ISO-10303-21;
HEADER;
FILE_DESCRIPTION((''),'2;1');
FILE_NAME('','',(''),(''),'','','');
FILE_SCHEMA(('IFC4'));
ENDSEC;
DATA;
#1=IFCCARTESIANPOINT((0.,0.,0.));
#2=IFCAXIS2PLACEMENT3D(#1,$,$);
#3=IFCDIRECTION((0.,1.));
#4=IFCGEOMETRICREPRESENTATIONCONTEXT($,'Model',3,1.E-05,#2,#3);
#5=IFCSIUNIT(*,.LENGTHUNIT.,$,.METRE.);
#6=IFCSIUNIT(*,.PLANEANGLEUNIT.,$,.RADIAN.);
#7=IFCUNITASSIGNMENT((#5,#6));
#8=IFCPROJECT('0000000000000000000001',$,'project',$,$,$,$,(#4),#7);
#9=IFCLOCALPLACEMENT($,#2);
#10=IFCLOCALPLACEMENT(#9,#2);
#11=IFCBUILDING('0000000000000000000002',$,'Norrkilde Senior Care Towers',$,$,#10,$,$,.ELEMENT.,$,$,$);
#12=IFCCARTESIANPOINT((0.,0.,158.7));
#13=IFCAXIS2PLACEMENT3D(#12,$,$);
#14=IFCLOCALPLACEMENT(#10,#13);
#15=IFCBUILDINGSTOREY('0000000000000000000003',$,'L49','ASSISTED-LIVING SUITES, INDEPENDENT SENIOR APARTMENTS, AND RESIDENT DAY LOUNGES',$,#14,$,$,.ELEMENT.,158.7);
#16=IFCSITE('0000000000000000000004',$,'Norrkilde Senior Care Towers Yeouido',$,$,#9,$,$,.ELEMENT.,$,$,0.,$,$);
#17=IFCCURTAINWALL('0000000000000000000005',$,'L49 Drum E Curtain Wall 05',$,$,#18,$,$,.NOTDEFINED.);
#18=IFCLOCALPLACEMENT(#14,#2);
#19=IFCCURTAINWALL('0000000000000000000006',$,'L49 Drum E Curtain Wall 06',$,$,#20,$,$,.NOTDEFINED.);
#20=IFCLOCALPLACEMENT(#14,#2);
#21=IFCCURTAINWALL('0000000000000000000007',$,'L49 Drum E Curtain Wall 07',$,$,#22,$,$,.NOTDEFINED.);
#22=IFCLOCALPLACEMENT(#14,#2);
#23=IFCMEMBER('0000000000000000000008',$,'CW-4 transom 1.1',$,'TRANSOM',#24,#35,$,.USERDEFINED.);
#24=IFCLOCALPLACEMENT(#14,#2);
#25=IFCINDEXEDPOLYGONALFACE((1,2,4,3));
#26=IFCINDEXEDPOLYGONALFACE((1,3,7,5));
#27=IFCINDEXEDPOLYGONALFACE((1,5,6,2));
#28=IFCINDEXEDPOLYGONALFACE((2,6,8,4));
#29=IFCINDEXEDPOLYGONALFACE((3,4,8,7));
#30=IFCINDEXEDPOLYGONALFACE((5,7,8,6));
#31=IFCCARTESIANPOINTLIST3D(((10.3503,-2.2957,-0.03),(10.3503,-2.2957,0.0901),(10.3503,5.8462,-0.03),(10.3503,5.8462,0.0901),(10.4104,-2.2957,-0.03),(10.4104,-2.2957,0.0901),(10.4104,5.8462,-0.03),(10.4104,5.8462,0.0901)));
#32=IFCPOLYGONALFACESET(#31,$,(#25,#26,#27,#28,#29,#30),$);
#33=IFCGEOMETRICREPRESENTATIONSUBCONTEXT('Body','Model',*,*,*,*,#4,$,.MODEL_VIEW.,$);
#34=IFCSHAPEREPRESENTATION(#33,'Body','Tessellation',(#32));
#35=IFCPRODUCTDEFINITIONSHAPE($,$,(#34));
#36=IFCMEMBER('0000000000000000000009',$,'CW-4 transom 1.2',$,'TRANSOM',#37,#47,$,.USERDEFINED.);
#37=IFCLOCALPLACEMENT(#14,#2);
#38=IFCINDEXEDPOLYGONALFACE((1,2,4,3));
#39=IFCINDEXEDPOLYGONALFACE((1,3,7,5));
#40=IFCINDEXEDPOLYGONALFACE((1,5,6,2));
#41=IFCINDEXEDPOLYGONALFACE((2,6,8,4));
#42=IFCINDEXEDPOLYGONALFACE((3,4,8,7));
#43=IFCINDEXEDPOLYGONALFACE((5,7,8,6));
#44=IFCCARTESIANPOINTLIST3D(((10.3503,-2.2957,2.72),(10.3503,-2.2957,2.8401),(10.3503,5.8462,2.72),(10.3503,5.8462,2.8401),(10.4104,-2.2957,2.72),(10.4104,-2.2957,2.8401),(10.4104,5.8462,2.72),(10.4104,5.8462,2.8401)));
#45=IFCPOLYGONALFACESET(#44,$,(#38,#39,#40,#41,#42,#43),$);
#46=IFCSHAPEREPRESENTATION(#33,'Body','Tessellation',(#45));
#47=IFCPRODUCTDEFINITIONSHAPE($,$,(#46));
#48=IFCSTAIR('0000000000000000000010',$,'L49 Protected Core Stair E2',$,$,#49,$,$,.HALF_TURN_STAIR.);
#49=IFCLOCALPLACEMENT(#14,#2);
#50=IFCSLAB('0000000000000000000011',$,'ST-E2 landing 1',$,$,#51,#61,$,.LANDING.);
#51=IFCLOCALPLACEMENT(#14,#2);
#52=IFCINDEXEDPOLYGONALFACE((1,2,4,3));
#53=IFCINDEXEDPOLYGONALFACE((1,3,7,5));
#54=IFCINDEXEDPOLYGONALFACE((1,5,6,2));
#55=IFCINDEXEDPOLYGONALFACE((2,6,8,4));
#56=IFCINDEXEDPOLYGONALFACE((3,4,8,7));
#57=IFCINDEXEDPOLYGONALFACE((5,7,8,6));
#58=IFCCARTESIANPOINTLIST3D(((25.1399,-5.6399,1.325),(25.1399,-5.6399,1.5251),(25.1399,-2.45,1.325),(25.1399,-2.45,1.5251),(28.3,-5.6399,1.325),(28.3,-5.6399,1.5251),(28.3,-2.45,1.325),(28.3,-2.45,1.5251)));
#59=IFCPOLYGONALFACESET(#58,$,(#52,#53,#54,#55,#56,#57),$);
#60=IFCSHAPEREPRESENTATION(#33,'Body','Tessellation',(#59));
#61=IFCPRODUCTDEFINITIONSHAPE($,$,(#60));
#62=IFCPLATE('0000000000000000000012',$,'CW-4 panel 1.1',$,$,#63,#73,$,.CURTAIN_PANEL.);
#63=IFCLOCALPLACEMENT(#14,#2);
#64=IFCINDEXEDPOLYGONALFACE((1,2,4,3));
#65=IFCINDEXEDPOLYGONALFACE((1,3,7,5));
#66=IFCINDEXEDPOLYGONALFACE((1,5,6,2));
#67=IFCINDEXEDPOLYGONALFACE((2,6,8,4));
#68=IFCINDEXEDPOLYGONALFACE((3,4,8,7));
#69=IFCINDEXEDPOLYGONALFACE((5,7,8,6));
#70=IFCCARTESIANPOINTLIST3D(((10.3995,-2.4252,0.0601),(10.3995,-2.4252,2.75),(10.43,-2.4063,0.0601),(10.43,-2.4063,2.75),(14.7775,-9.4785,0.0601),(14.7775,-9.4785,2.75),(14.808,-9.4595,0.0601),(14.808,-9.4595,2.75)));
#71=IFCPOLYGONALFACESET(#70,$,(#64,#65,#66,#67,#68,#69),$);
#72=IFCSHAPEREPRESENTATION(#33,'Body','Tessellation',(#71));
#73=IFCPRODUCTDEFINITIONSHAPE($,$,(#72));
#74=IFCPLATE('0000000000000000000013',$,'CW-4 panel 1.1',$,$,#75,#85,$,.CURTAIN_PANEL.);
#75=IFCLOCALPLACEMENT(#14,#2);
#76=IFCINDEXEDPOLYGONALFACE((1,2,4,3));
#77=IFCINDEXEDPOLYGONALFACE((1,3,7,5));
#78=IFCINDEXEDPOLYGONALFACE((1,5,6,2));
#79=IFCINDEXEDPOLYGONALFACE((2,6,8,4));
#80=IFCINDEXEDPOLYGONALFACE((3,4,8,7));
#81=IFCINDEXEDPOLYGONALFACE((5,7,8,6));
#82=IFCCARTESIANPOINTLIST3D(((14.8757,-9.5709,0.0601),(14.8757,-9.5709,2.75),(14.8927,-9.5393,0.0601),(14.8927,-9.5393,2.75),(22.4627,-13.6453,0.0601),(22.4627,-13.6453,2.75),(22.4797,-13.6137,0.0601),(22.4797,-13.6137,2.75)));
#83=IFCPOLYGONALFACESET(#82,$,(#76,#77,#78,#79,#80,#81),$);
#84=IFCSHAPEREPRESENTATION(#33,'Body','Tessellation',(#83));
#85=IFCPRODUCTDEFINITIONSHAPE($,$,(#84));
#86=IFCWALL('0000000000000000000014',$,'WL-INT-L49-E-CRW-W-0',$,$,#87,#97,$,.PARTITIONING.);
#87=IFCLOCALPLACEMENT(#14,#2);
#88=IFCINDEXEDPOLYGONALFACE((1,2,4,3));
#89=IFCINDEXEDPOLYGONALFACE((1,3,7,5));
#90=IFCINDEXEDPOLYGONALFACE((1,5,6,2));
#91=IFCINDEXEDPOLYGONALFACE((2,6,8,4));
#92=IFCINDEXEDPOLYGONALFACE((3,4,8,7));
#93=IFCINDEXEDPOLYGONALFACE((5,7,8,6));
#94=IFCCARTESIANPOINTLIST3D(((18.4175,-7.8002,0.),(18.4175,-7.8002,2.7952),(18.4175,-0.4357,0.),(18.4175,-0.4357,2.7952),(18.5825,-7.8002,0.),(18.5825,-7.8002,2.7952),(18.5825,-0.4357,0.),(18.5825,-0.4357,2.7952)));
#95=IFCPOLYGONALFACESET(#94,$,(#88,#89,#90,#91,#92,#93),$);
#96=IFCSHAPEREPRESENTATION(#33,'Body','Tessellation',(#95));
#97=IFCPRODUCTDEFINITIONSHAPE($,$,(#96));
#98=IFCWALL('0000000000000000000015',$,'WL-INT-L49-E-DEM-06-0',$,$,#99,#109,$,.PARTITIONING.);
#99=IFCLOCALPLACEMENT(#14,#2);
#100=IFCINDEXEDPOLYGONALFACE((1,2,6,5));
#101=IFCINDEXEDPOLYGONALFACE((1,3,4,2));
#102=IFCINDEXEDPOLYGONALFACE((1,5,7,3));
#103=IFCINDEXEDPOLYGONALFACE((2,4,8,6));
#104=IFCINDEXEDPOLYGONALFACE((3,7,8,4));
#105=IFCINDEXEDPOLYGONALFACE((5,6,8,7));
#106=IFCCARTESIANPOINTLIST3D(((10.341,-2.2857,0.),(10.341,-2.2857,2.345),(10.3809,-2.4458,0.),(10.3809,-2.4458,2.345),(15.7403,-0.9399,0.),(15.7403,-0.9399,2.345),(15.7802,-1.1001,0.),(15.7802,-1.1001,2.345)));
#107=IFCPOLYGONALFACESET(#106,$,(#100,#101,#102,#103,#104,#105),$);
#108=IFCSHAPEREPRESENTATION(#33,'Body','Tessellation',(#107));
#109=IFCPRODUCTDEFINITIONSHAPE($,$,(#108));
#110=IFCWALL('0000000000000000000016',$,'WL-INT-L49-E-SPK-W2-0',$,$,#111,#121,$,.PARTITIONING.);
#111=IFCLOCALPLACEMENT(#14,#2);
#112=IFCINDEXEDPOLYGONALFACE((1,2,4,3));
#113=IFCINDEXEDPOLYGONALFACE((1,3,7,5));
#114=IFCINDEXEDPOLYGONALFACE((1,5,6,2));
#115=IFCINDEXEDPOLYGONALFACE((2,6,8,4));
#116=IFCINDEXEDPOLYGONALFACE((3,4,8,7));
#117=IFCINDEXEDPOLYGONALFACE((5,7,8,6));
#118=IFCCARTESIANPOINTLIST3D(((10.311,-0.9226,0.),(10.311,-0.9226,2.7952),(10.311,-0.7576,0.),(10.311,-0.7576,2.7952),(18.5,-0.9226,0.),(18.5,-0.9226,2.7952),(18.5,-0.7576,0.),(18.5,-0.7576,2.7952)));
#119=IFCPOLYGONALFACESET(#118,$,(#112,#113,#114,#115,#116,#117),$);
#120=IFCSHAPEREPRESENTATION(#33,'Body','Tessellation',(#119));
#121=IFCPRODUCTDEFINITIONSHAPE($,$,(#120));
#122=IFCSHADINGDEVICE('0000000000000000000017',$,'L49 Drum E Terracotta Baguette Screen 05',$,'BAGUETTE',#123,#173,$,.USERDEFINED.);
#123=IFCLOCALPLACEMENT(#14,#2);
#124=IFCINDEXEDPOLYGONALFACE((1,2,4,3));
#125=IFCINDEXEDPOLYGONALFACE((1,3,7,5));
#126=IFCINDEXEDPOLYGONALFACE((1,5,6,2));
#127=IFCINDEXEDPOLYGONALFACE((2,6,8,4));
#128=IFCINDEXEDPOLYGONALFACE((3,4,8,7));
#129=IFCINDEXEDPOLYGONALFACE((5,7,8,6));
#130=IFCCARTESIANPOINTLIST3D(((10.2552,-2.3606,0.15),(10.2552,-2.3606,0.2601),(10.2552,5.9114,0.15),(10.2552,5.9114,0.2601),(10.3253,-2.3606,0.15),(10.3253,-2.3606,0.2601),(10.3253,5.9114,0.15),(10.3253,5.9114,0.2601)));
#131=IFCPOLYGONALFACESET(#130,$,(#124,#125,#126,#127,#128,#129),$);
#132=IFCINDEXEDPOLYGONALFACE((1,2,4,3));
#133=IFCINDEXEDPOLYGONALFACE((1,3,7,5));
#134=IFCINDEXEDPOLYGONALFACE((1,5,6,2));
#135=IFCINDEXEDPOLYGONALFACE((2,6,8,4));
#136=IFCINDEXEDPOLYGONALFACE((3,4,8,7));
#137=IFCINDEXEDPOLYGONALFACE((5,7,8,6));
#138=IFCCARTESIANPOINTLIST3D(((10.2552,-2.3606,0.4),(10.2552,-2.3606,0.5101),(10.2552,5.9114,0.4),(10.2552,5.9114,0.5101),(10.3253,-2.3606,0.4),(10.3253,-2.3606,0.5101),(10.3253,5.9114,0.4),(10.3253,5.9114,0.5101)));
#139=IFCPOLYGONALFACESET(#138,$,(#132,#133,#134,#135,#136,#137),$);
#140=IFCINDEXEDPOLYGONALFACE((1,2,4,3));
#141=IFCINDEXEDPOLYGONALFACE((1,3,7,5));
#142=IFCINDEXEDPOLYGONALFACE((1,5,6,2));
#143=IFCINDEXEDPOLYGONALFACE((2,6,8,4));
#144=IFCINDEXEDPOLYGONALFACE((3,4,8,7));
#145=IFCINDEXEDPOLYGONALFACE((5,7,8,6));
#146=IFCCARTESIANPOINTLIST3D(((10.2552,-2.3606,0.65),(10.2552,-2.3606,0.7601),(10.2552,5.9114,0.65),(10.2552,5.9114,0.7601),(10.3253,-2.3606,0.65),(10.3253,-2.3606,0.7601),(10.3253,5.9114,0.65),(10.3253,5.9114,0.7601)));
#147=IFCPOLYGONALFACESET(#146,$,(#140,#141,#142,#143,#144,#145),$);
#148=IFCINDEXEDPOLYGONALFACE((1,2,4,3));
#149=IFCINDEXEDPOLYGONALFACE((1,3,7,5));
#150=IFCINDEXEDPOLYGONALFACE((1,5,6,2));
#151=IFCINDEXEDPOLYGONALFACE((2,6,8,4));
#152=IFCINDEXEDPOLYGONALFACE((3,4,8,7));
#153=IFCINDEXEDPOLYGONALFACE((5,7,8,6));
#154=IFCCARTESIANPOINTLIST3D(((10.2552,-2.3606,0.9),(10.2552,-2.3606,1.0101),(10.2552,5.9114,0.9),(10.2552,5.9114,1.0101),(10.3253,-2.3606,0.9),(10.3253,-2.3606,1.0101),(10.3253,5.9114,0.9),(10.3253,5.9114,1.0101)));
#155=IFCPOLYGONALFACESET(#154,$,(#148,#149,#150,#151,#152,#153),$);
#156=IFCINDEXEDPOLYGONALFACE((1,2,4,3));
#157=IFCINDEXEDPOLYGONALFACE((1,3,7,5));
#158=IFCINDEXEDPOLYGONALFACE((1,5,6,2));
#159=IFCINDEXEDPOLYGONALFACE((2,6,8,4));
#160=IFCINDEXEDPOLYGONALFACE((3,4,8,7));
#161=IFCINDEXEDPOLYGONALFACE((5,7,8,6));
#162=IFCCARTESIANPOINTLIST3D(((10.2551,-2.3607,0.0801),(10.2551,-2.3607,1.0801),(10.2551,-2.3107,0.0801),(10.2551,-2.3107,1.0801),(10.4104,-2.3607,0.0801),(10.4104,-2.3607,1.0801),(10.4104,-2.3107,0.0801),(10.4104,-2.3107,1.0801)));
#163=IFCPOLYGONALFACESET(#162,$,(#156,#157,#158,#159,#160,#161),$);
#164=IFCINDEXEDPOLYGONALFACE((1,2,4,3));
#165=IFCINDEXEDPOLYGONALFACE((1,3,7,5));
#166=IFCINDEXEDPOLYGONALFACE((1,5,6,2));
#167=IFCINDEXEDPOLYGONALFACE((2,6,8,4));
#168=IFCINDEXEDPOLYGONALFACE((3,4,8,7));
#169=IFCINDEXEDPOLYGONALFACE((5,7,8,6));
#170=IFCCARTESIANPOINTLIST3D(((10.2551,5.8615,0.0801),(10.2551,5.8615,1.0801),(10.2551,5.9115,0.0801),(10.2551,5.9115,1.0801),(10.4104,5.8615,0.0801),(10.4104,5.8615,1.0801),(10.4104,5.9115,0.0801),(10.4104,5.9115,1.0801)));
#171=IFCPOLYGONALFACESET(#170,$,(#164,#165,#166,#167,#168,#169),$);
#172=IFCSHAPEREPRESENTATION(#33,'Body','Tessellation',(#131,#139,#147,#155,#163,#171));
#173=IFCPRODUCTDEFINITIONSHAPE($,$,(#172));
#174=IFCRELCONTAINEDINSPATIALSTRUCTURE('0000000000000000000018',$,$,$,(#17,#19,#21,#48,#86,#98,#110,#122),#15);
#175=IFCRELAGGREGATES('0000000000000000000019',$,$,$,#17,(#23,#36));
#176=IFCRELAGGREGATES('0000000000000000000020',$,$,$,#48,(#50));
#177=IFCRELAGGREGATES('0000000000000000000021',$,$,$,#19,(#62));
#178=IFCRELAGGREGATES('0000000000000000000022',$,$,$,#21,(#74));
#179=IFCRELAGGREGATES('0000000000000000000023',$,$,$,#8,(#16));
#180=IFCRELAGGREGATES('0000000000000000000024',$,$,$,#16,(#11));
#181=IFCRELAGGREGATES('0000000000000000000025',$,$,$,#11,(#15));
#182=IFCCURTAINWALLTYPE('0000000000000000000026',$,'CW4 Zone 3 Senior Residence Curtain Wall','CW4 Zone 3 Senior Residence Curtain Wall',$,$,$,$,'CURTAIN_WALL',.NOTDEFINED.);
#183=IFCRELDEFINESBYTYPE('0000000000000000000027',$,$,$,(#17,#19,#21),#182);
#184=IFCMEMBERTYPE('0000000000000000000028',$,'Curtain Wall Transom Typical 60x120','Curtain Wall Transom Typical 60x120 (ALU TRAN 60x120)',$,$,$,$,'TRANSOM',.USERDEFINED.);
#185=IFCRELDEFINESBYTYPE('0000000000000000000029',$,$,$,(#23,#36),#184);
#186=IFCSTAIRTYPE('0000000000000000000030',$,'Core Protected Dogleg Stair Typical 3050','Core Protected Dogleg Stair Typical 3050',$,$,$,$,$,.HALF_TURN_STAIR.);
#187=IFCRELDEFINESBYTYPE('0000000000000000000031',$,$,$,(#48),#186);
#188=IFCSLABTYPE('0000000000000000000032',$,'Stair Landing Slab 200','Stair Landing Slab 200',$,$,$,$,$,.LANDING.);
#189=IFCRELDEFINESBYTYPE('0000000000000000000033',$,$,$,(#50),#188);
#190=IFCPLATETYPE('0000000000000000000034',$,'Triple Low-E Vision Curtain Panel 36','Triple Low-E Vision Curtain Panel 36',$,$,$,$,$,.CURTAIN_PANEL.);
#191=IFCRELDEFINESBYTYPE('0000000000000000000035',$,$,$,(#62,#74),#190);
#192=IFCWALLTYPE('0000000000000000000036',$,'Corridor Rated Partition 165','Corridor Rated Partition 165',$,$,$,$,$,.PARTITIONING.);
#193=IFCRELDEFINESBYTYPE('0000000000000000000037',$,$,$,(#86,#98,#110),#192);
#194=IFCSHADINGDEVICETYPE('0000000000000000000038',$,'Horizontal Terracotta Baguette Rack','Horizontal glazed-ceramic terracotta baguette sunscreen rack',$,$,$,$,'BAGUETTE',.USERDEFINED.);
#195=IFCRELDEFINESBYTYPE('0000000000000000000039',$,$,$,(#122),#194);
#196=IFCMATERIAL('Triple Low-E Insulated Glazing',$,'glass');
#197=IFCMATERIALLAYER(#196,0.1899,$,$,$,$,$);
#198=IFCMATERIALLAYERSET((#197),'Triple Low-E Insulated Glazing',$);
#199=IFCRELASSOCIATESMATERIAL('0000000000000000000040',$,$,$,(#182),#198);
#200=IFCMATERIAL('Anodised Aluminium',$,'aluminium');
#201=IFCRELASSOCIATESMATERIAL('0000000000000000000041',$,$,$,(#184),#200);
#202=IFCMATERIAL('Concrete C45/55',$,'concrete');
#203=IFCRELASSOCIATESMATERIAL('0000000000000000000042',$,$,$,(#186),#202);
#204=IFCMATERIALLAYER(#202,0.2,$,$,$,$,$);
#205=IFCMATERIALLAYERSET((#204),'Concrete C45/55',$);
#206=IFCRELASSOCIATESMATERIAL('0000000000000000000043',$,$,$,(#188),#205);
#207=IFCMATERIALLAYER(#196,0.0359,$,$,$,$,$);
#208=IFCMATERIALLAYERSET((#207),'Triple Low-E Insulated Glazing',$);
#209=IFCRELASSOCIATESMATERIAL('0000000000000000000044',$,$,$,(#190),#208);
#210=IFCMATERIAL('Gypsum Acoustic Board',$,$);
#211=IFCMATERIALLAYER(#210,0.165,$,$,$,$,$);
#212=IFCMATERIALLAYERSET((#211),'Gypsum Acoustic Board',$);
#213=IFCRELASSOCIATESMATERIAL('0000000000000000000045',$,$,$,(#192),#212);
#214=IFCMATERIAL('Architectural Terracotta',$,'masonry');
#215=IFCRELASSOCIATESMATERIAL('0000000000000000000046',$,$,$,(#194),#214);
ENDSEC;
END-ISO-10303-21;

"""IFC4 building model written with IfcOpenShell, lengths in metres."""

from ifc_helpers import new_model, si_unit, direction, frame, frame_2d, origin, origin_2d, place, context, subcontext, project, spatial, polyline, rectangle, outline, extrude, source, transform, mapped, material, layer, layer_set, material_profile, profile_set, type_object, type_shapes, element, aggregate, save


model = new_model("IFC4")

# Units and contexts
model_context = context("Model", 3, precision=1e-05, world=origin(), true_north=direction((0.0, 1.0)))
body_context = subcontext(model_context, "Body", "Model", "MODEL_VIEW")
ifc_project = project(units=[si_unit("LENGTHUNIT", "METRE"), si_unit("PLANEANGLEUNIT", "RADIAN")], contexts=[model_context])

# Site, building, storey
site_placement = place(None, origin())
site = spatial("IfcSite", under=ifc_project, at=site_placement, Name="Norrkilde Senior Care Towers Yeouido", CompositionType="ELEMENT", RefElevation=0.0)
building_placement = place(site_placement, origin())
building = spatial("IfcBuilding", under=site, at=building_placement, Name="Norrkilde Senior Care Towers", CompositionType="ELEMENT")
storey_placement = place(building_placement, frame((0.0, 0.0, 158.7)))
storey = spatial("IfcBuildingStorey", under=building, at=storey_placement, Name="L49", Description="ASSISTED-LIVING SUITES, INDEPENDENT SENIOR APARTMENTS, AND RESIDENT DAY LOUNGES", CompositionType="ELEMENT", Elevation=158.7)

# Curtain wall
ifc_material_1 = material(Name="Triple Low-E Insulated Glazing", Category="glass")
ifc_layer_1 = layer(ifc_material_1, 0.1899)
ifc_layer_set_1 = layer_set([ifc_layer_1], Name="Triple Low-E Insulated Glazing")
curtain_wall_type = type_object("IfcCurtainWallType", Name="CW4 Zone 3 Senior Residence Curtain Wall", Description="CW4 Zone 3 Senior Residence Curtain Wall", ElementType="CURTAIN_WALL", PredefinedType="NOTDEFINED", material=ifc_layer_set_1)
curtain_wall_1_placement = place(storey_placement, origin())
curtain_wall_1 = element("IfcCurtainWall", 1, at=curtain_wall_1_placement, inside=storey, type_object=curtain_wall_type, Name="L49 Drum E Curtain Wall 05", PredefinedType="NOTDEFINED")
ifc_material_2 = material(Name="Anodised Aluminium", Category="aluminium")

# Curtain wall
curtain_wall_2_placement = place(storey_placement, origin())
curtain_wall_2 = element("IfcCurtainWall", 2, at=curtain_wall_2_placement, inside=storey, type_object=curtain_wall_type, Name="L49 Drum E Curtain Wall 06", PredefinedType="NOTDEFINED")

# Curtain wall
curtain_wall_3_placement = place(storey_placement, origin())
curtain_wall_3 = element("IfcCurtainWall", 3, at=curtain_wall_3_placement, inside=storey, type_object=curtain_wall_type, Name="L49 Drum E Curtain Wall 07", PredefinedType="NOTDEFINED")

# Members
ifc_material_profile_1 = material_profile(ifc_material_2, rectangle(XDim=0.0601, YDim=0.1201, at=origin_2d()), Name="ALU TRAN 60x120")
ifc_profile_set_1 = profile_set([ifc_material_profile_1], Name="Anodised Aluminium")
member_type_1 = type_object("IfcMemberType", Name="Curtain Wall Transom Typical 60x120", Description="Curtain Wall Transom Typical 60x120 (ALU TRAN 60x120)", ElementType="TRANSOM", PredefinedType="USERDEFINED", material=ifc_profile_set_1)
shared_shape_1 = source(origin(), body_context, "Body", "SweptSolid", [
    extrude(rectangle(XDim=0.0601, YDim=0.1201, at=origin_2d()), origin(), (0.0, 0.0, 1.0), 8.1418),
])
member_1_placement = place(storey_placement, frame((10.3804, -2.2957, 0.03), z_axis=(0.0, 1.0, 0.0), x_axis=(-1.0, 0.0, 0.0)))
member_1 = element("IfcMember", 4, at=member_1_placement, type_object=member_type_1, Name="CW-4 transom 1.1", ObjectType="TRANSOM", PredefinedType="USERDEFINED", context=body_context, shape_type="MappedRepresentation", body=[
    mapped(shared_shape_1, transform((0.0, 0.0, 0.0), x_axis=(1.0, 0.0, 0.0), y_axis=(0.0, 1.0, 0.0), z_axis=(0.0, 0.0, 1.0), scale=1.0)),
])
member_2_placement = place(storey_placement, frame((10.3804, -2.2957, 2.78), z_axis=(0.0, 1.0, 0.0), x_axis=(-1.0, 0.0, 0.0)))
member_2 = element("IfcMember", 5, at=member_2_placement, type_object=member_type_1, Name="CW-4 transom 1.2", ObjectType="TRANSOM", PredefinedType="USERDEFINED", context=body_context, shape_type="MappedRepresentation", body=[
    mapped(shared_shape_1, transform((0.0, 0.0, 0.0), x_axis=(1.0, 0.0, 0.0), y_axis=(0.0, 1.0, 0.0), z_axis=(0.0, 0.0, 1.0), scale=1.0)),
])
aggregate(curtain_wall_1, [member_1, member_2])

# Stair, slab
ifc_material_3 = material(Name="Concrete C45/55", Category="concrete")
stair_type = type_object("IfcStairType", Name="Core Protected Dogleg Stair Typical 3050", Description="Core Protected Dogleg Stair Typical 3050", PredefinedType="HALF_TURN_STAIR", material=ifc_material_3)
stair_placement = place(storey_placement, origin())
stair = element("IfcStair", 6, at=stair_placement, inside=storey, type_object=stair_type, Name="L49 Protected Core Stair E2", PredefinedType="HALF_TURN_STAIR")
ifc_layer_2 = layer(ifc_material_3, 0.2)
ifc_layer_set_2 = layer_set([ifc_layer_2], Name="Concrete C45/55")
slab_type = type_object("IfcSlabType", Name="Stair Landing Slab 200", Description="Stair Landing Slab 200", PredefinedType="LANDING", material=ifc_layer_set_2)
slab_placement = place(storey_placement, frame((0.0, 0.0, 1.325)))
slab = element("IfcSlab", 7, at=slab_placement, type_object=slab_type, Name="ST-E2 landing 1", PredefinedType="LANDING", context=body_context, shape_type="SweptSolid", body=[
    extrude(outline(polyline([(25.1399, -5.6399), (28.3, -5.6399), (28.3, -2.45), (25.1399, -2.45), (25.1399, -5.6399)])), origin(), (0.0, 0.0, 1.0), 0.2002),
])
aggregate(stair, [slab])

# Plates
ifc_layer_3 = layer(ifc_material_1, 0.0359)
ifc_layer_set_3 = layer_set([ifc_layer_3], Name="Triple Low-E Insulated Glazing")
plate_type = type_object("IfcPlateType", Name="Triple Low-E Vision Curtain Panel 36", Description="Triple Low-E Vision Curtain Panel 36", PredefinedType="CURTAIN_PANEL", material=ifc_layer_set_3)
shared_shape_2 = source(origin(), body_context, "Body", "SweptSolid", [
    extrude(rectangle(XDim=8.3015, YDim=0.0359, at=origin_2d()), origin(), (0.0, 0.0, 1.0), 2.6899),
])
plate_1_placement = place(storey_placement, frame((12.6038, -5.9424, 0.0601), z_axis=(0.0, 0.0, 1.0), x_axis=(-0.527373, 0.849634, 0.0)))
plate_1 = element("IfcPlate", 8, at=plate_1_placement, type_object=plate_type, Name="CW-4 panel 1.1", PredefinedType="CURTAIN_PANEL", context=body_context, shape_type="MappedRepresentation", body=[
    mapped(shared_shape_2, transform((0.0, 0.0, 0.0), x_axis=(1.0, 0.0, 0.0), y_axis=(0.0, 1.0, 0.0), z_axis=(0.0, 0.0, 1.0), scale=1.0)),
])
aggregate(curtain_wall_2, [plate_1])
shared_shape_3 = source(origin(), body_context, "Body", "SweptSolid", [
    extrude(rectangle(XDim=8.6118, YDim=0.0359, at=origin_2d()), origin(), (0.0, 0.0, 1.0), 2.6899),
])
type_shapes(plate_type, [shared_shape_2, shared_shape_3])
plate_2_placement = place(storey_placement, frame((18.6777, -11.5923, 0.0601), z_axis=(0.0, 0.0, 1.0), x_axis=(-0.881, 0.473117, 0.0)))
plate_2 = element("IfcPlate", 9, at=plate_2_placement, type_object=plate_type, Name="CW-4 panel 1.1", PredefinedType="CURTAIN_PANEL", context=body_context, shape_type="MappedRepresentation", body=[
    mapped(shared_shape_3, transform((0.0, 0.0, 0.0), x_axis=(1.0, 0.0, 0.0), y_axis=(0.0, 1.0, 0.0), z_axis=(0.0, 0.0, 1.0), scale=1.0)),
])
aggregate(curtain_wall_3, [plate_2])

# Walls
ifc_material_4 = material(Name="Gypsum Acoustic Board")
ifc_layer_4 = layer(ifc_material_4, 0.165)
ifc_layer_set_4 = layer_set([ifc_layer_4], Name="Gypsum Acoustic Board")
wall_type = type_object("IfcWallType", Name="Corridor Rated Partition 165", Description="Corridor Rated Partition 165", PredefinedType="PARTITIONING", material=ifc_layer_set_4)
shared_shape_4 = source(origin(), body_context, "Body", "SweptSolid", [
    extrude(rectangle(XDim=7.3645, YDim=0.165, at=frame_2d((3.6821, 0.0))), origin(), (0.0, 0.0, 1.0), 2.7952),
])
wall_1_placement = place(storey_placement, frame((18.5, -7.8, 0.0), z_axis=(0.0, 0.0, 1.0), x_axis=(0.0, 1.0, 0.0)))
element("IfcWall", 10, at=wall_1_placement, inside=storey, type_object=wall_type, Name="WL-INT-L49-E-CRW-W-0", PredefinedType="PARTITIONING", context=body_context, shape_type="MappedRepresentation", body=[
    mapped(shared_shape_4, transform((0.0, 0.0, 0.0), x_axis=(1.0, 0.0, 0.0), y_axis=(0.0, 1.0, 0.0), z_axis=(0.0, 0.0, 1.0), scale=1.0)),
])
shared_shape_5 = source(origin(), body_context, "Body", "SweptSolid", [
    extrude(rectangle(XDim=5.5645, YDim=0.165, at=frame_2d((2.7822, 0.0))), origin(), (0.0, 0.0, 1.0), 2.345),
])
wall_2_placement = place(storey_placement, frame((15.7603, -1.02, 0.0), z_axis=(0.0, 0.0, 1.0), x_axis=(-0.970315, -0.241844, 0.0)))
element("IfcWall", 11, at=wall_2_placement, inside=storey, type_object=wall_type, Name="WL-INT-L49-E-DEM-06-0", PredefinedType="PARTITIONING", context=body_context, shape_type="MappedRepresentation", body=[
    mapped(shared_shape_5, transform((0.0, 0.0, 0.0), x_axis=(1.0, 0.0, 0.0), y_axis=(0.0, 1.0, 0.0), z_axis=(0.0, 0.0, 1.0), scale=1.0)),
])
shared_shape_6 = source(origin(), body_context, "Body", "SweptSolid", [
    extrude(rectangle(XDim=8.189, YDim=0.165, at=frame_2d((4.0945, 0.0))), origin(), (0.0, 0.0, 1.0), 2.7952),
])
type_shapes(wall_type, [shared_shape_4, shared_shape_5, shared_shape_6])
wall_3_placement = place(storey_placement, frame((18.5, -0.8401, 0.0), z_axis=(0.0, 0.0, 1.0), x_axis=(-1.0, 0.0, 0.0)))
element("IfcWall", 12, at=wall_3_placement, inside=storey, type_object=wall_type, Name="WL-INT-L49-E-SPK-W2-0", PredefinedType="PARTITIONING", context=body_context, shape_type="MappedRepresentation", body=[
    mapped(shared_shape_6, transform((0.0, 0.0, 0.0), x_axis=(1.0, 0.0, 0.0), y_axis=(0.0, 1.0, 0.0), z_axis=(0.0, 0.0, 1.0), scale=1.0)),
])

# Shading device
ifc_material_5 = material(Name="Architectural Terracotta", Category="masonry")
shading_device_type = type_object("IfcShadingDeviceType", Name="Horizontal Terracotta Baguette Rack", Description="Horizontal glazed-ceramic terracotta baguette sunscreen rack", ElementType="BAGUETTE", PredefinedType="USERDEFINED", material=ifc_material_5)
shared_shape_7 = source(origin(), body_context, "Body", "SweptSolid", [
    extrude(rectangle(XDim=0.0701, YDim=0.1101, at=origin_2d()), frame((0.0, 0.0901, 0.125), z_axis=(1.0, 0.0, 0.0), x_axis=(0.0, 1.0, 0.0)), (0.0, 0.0, 1.0), 8.272),
    extrude(rectangle(XDim=0.0701, YDim=0.1101, at=origin_2d()), frame((0.0, 0.0901, 0.375), z_axis=(1.0, 0.0, 0.0), x_axis=(0.0, 1.0, 0.0)), (0.0, 0.0, 1.0), 8.272),
    extrude(rectangle(XDim=0.0701, YDim=0.1101, at=origin_2d()), frame((0.0, 0.0901, 0.625), z_axis=(1.0, 0.0, 0.0), x_axis=(0.0, 1.0, 0.0)), (0.0, 0.0, 1.0), 8.272),
    extrude(rectangle(XDim=0.0701, YDim=0.1101, at=origin_2d()), frame((0.0, 0.0901, 0.875), z_axis=(1.0, 0.0, 0.0), x_axis=(0.0, 1.0, 0.0)), (0.0, 0.0, 1.0), 8.272),
    extrude(rectangle(XDim=0.05, YDim=0.1553, at=origin_2d()), frame((0.0249, 0.0476, 0.0)), (0.0, 0.0, 1.0), 1.0),
    extrude(rectangle(XDim=0.05, YDim=0.1553, at=origin_2d()), frame((8.2471, 0.0476, 0.0)), (0.0, 0.0, 1.0), 1.0),
])
type_shapes(shading_device_type, [shared_shape_7])
shading_device_placement = place(storey_placement, frame((10.3804, -2.3606, 0.0801), z_axis=(0.0, 0.0, 1.0), x_axis=(0.0, 1.0, 0.0)))
element("IfcShadingDevice", 13, at=shading_device_placement, inside=storey, type_object=shading_device_type, Name="L49 Drum E Terracotta Baguette Screen 05", ObjectType="BAGUETTE", PredefinedType="USERDEFINED", context=body_context, shape_type="MappedRepresentation", body=[
    mapped(shared_shape_7, transform((0.0, 0.0, 0.0), x_axis=(1.0, 0.0, 0.0), y_axis=(0.0, 1.0, 0.0), z_axis=(0.0, 0.0, 1.0), scale=1.0)),
])

save(model, "model.ifc")
